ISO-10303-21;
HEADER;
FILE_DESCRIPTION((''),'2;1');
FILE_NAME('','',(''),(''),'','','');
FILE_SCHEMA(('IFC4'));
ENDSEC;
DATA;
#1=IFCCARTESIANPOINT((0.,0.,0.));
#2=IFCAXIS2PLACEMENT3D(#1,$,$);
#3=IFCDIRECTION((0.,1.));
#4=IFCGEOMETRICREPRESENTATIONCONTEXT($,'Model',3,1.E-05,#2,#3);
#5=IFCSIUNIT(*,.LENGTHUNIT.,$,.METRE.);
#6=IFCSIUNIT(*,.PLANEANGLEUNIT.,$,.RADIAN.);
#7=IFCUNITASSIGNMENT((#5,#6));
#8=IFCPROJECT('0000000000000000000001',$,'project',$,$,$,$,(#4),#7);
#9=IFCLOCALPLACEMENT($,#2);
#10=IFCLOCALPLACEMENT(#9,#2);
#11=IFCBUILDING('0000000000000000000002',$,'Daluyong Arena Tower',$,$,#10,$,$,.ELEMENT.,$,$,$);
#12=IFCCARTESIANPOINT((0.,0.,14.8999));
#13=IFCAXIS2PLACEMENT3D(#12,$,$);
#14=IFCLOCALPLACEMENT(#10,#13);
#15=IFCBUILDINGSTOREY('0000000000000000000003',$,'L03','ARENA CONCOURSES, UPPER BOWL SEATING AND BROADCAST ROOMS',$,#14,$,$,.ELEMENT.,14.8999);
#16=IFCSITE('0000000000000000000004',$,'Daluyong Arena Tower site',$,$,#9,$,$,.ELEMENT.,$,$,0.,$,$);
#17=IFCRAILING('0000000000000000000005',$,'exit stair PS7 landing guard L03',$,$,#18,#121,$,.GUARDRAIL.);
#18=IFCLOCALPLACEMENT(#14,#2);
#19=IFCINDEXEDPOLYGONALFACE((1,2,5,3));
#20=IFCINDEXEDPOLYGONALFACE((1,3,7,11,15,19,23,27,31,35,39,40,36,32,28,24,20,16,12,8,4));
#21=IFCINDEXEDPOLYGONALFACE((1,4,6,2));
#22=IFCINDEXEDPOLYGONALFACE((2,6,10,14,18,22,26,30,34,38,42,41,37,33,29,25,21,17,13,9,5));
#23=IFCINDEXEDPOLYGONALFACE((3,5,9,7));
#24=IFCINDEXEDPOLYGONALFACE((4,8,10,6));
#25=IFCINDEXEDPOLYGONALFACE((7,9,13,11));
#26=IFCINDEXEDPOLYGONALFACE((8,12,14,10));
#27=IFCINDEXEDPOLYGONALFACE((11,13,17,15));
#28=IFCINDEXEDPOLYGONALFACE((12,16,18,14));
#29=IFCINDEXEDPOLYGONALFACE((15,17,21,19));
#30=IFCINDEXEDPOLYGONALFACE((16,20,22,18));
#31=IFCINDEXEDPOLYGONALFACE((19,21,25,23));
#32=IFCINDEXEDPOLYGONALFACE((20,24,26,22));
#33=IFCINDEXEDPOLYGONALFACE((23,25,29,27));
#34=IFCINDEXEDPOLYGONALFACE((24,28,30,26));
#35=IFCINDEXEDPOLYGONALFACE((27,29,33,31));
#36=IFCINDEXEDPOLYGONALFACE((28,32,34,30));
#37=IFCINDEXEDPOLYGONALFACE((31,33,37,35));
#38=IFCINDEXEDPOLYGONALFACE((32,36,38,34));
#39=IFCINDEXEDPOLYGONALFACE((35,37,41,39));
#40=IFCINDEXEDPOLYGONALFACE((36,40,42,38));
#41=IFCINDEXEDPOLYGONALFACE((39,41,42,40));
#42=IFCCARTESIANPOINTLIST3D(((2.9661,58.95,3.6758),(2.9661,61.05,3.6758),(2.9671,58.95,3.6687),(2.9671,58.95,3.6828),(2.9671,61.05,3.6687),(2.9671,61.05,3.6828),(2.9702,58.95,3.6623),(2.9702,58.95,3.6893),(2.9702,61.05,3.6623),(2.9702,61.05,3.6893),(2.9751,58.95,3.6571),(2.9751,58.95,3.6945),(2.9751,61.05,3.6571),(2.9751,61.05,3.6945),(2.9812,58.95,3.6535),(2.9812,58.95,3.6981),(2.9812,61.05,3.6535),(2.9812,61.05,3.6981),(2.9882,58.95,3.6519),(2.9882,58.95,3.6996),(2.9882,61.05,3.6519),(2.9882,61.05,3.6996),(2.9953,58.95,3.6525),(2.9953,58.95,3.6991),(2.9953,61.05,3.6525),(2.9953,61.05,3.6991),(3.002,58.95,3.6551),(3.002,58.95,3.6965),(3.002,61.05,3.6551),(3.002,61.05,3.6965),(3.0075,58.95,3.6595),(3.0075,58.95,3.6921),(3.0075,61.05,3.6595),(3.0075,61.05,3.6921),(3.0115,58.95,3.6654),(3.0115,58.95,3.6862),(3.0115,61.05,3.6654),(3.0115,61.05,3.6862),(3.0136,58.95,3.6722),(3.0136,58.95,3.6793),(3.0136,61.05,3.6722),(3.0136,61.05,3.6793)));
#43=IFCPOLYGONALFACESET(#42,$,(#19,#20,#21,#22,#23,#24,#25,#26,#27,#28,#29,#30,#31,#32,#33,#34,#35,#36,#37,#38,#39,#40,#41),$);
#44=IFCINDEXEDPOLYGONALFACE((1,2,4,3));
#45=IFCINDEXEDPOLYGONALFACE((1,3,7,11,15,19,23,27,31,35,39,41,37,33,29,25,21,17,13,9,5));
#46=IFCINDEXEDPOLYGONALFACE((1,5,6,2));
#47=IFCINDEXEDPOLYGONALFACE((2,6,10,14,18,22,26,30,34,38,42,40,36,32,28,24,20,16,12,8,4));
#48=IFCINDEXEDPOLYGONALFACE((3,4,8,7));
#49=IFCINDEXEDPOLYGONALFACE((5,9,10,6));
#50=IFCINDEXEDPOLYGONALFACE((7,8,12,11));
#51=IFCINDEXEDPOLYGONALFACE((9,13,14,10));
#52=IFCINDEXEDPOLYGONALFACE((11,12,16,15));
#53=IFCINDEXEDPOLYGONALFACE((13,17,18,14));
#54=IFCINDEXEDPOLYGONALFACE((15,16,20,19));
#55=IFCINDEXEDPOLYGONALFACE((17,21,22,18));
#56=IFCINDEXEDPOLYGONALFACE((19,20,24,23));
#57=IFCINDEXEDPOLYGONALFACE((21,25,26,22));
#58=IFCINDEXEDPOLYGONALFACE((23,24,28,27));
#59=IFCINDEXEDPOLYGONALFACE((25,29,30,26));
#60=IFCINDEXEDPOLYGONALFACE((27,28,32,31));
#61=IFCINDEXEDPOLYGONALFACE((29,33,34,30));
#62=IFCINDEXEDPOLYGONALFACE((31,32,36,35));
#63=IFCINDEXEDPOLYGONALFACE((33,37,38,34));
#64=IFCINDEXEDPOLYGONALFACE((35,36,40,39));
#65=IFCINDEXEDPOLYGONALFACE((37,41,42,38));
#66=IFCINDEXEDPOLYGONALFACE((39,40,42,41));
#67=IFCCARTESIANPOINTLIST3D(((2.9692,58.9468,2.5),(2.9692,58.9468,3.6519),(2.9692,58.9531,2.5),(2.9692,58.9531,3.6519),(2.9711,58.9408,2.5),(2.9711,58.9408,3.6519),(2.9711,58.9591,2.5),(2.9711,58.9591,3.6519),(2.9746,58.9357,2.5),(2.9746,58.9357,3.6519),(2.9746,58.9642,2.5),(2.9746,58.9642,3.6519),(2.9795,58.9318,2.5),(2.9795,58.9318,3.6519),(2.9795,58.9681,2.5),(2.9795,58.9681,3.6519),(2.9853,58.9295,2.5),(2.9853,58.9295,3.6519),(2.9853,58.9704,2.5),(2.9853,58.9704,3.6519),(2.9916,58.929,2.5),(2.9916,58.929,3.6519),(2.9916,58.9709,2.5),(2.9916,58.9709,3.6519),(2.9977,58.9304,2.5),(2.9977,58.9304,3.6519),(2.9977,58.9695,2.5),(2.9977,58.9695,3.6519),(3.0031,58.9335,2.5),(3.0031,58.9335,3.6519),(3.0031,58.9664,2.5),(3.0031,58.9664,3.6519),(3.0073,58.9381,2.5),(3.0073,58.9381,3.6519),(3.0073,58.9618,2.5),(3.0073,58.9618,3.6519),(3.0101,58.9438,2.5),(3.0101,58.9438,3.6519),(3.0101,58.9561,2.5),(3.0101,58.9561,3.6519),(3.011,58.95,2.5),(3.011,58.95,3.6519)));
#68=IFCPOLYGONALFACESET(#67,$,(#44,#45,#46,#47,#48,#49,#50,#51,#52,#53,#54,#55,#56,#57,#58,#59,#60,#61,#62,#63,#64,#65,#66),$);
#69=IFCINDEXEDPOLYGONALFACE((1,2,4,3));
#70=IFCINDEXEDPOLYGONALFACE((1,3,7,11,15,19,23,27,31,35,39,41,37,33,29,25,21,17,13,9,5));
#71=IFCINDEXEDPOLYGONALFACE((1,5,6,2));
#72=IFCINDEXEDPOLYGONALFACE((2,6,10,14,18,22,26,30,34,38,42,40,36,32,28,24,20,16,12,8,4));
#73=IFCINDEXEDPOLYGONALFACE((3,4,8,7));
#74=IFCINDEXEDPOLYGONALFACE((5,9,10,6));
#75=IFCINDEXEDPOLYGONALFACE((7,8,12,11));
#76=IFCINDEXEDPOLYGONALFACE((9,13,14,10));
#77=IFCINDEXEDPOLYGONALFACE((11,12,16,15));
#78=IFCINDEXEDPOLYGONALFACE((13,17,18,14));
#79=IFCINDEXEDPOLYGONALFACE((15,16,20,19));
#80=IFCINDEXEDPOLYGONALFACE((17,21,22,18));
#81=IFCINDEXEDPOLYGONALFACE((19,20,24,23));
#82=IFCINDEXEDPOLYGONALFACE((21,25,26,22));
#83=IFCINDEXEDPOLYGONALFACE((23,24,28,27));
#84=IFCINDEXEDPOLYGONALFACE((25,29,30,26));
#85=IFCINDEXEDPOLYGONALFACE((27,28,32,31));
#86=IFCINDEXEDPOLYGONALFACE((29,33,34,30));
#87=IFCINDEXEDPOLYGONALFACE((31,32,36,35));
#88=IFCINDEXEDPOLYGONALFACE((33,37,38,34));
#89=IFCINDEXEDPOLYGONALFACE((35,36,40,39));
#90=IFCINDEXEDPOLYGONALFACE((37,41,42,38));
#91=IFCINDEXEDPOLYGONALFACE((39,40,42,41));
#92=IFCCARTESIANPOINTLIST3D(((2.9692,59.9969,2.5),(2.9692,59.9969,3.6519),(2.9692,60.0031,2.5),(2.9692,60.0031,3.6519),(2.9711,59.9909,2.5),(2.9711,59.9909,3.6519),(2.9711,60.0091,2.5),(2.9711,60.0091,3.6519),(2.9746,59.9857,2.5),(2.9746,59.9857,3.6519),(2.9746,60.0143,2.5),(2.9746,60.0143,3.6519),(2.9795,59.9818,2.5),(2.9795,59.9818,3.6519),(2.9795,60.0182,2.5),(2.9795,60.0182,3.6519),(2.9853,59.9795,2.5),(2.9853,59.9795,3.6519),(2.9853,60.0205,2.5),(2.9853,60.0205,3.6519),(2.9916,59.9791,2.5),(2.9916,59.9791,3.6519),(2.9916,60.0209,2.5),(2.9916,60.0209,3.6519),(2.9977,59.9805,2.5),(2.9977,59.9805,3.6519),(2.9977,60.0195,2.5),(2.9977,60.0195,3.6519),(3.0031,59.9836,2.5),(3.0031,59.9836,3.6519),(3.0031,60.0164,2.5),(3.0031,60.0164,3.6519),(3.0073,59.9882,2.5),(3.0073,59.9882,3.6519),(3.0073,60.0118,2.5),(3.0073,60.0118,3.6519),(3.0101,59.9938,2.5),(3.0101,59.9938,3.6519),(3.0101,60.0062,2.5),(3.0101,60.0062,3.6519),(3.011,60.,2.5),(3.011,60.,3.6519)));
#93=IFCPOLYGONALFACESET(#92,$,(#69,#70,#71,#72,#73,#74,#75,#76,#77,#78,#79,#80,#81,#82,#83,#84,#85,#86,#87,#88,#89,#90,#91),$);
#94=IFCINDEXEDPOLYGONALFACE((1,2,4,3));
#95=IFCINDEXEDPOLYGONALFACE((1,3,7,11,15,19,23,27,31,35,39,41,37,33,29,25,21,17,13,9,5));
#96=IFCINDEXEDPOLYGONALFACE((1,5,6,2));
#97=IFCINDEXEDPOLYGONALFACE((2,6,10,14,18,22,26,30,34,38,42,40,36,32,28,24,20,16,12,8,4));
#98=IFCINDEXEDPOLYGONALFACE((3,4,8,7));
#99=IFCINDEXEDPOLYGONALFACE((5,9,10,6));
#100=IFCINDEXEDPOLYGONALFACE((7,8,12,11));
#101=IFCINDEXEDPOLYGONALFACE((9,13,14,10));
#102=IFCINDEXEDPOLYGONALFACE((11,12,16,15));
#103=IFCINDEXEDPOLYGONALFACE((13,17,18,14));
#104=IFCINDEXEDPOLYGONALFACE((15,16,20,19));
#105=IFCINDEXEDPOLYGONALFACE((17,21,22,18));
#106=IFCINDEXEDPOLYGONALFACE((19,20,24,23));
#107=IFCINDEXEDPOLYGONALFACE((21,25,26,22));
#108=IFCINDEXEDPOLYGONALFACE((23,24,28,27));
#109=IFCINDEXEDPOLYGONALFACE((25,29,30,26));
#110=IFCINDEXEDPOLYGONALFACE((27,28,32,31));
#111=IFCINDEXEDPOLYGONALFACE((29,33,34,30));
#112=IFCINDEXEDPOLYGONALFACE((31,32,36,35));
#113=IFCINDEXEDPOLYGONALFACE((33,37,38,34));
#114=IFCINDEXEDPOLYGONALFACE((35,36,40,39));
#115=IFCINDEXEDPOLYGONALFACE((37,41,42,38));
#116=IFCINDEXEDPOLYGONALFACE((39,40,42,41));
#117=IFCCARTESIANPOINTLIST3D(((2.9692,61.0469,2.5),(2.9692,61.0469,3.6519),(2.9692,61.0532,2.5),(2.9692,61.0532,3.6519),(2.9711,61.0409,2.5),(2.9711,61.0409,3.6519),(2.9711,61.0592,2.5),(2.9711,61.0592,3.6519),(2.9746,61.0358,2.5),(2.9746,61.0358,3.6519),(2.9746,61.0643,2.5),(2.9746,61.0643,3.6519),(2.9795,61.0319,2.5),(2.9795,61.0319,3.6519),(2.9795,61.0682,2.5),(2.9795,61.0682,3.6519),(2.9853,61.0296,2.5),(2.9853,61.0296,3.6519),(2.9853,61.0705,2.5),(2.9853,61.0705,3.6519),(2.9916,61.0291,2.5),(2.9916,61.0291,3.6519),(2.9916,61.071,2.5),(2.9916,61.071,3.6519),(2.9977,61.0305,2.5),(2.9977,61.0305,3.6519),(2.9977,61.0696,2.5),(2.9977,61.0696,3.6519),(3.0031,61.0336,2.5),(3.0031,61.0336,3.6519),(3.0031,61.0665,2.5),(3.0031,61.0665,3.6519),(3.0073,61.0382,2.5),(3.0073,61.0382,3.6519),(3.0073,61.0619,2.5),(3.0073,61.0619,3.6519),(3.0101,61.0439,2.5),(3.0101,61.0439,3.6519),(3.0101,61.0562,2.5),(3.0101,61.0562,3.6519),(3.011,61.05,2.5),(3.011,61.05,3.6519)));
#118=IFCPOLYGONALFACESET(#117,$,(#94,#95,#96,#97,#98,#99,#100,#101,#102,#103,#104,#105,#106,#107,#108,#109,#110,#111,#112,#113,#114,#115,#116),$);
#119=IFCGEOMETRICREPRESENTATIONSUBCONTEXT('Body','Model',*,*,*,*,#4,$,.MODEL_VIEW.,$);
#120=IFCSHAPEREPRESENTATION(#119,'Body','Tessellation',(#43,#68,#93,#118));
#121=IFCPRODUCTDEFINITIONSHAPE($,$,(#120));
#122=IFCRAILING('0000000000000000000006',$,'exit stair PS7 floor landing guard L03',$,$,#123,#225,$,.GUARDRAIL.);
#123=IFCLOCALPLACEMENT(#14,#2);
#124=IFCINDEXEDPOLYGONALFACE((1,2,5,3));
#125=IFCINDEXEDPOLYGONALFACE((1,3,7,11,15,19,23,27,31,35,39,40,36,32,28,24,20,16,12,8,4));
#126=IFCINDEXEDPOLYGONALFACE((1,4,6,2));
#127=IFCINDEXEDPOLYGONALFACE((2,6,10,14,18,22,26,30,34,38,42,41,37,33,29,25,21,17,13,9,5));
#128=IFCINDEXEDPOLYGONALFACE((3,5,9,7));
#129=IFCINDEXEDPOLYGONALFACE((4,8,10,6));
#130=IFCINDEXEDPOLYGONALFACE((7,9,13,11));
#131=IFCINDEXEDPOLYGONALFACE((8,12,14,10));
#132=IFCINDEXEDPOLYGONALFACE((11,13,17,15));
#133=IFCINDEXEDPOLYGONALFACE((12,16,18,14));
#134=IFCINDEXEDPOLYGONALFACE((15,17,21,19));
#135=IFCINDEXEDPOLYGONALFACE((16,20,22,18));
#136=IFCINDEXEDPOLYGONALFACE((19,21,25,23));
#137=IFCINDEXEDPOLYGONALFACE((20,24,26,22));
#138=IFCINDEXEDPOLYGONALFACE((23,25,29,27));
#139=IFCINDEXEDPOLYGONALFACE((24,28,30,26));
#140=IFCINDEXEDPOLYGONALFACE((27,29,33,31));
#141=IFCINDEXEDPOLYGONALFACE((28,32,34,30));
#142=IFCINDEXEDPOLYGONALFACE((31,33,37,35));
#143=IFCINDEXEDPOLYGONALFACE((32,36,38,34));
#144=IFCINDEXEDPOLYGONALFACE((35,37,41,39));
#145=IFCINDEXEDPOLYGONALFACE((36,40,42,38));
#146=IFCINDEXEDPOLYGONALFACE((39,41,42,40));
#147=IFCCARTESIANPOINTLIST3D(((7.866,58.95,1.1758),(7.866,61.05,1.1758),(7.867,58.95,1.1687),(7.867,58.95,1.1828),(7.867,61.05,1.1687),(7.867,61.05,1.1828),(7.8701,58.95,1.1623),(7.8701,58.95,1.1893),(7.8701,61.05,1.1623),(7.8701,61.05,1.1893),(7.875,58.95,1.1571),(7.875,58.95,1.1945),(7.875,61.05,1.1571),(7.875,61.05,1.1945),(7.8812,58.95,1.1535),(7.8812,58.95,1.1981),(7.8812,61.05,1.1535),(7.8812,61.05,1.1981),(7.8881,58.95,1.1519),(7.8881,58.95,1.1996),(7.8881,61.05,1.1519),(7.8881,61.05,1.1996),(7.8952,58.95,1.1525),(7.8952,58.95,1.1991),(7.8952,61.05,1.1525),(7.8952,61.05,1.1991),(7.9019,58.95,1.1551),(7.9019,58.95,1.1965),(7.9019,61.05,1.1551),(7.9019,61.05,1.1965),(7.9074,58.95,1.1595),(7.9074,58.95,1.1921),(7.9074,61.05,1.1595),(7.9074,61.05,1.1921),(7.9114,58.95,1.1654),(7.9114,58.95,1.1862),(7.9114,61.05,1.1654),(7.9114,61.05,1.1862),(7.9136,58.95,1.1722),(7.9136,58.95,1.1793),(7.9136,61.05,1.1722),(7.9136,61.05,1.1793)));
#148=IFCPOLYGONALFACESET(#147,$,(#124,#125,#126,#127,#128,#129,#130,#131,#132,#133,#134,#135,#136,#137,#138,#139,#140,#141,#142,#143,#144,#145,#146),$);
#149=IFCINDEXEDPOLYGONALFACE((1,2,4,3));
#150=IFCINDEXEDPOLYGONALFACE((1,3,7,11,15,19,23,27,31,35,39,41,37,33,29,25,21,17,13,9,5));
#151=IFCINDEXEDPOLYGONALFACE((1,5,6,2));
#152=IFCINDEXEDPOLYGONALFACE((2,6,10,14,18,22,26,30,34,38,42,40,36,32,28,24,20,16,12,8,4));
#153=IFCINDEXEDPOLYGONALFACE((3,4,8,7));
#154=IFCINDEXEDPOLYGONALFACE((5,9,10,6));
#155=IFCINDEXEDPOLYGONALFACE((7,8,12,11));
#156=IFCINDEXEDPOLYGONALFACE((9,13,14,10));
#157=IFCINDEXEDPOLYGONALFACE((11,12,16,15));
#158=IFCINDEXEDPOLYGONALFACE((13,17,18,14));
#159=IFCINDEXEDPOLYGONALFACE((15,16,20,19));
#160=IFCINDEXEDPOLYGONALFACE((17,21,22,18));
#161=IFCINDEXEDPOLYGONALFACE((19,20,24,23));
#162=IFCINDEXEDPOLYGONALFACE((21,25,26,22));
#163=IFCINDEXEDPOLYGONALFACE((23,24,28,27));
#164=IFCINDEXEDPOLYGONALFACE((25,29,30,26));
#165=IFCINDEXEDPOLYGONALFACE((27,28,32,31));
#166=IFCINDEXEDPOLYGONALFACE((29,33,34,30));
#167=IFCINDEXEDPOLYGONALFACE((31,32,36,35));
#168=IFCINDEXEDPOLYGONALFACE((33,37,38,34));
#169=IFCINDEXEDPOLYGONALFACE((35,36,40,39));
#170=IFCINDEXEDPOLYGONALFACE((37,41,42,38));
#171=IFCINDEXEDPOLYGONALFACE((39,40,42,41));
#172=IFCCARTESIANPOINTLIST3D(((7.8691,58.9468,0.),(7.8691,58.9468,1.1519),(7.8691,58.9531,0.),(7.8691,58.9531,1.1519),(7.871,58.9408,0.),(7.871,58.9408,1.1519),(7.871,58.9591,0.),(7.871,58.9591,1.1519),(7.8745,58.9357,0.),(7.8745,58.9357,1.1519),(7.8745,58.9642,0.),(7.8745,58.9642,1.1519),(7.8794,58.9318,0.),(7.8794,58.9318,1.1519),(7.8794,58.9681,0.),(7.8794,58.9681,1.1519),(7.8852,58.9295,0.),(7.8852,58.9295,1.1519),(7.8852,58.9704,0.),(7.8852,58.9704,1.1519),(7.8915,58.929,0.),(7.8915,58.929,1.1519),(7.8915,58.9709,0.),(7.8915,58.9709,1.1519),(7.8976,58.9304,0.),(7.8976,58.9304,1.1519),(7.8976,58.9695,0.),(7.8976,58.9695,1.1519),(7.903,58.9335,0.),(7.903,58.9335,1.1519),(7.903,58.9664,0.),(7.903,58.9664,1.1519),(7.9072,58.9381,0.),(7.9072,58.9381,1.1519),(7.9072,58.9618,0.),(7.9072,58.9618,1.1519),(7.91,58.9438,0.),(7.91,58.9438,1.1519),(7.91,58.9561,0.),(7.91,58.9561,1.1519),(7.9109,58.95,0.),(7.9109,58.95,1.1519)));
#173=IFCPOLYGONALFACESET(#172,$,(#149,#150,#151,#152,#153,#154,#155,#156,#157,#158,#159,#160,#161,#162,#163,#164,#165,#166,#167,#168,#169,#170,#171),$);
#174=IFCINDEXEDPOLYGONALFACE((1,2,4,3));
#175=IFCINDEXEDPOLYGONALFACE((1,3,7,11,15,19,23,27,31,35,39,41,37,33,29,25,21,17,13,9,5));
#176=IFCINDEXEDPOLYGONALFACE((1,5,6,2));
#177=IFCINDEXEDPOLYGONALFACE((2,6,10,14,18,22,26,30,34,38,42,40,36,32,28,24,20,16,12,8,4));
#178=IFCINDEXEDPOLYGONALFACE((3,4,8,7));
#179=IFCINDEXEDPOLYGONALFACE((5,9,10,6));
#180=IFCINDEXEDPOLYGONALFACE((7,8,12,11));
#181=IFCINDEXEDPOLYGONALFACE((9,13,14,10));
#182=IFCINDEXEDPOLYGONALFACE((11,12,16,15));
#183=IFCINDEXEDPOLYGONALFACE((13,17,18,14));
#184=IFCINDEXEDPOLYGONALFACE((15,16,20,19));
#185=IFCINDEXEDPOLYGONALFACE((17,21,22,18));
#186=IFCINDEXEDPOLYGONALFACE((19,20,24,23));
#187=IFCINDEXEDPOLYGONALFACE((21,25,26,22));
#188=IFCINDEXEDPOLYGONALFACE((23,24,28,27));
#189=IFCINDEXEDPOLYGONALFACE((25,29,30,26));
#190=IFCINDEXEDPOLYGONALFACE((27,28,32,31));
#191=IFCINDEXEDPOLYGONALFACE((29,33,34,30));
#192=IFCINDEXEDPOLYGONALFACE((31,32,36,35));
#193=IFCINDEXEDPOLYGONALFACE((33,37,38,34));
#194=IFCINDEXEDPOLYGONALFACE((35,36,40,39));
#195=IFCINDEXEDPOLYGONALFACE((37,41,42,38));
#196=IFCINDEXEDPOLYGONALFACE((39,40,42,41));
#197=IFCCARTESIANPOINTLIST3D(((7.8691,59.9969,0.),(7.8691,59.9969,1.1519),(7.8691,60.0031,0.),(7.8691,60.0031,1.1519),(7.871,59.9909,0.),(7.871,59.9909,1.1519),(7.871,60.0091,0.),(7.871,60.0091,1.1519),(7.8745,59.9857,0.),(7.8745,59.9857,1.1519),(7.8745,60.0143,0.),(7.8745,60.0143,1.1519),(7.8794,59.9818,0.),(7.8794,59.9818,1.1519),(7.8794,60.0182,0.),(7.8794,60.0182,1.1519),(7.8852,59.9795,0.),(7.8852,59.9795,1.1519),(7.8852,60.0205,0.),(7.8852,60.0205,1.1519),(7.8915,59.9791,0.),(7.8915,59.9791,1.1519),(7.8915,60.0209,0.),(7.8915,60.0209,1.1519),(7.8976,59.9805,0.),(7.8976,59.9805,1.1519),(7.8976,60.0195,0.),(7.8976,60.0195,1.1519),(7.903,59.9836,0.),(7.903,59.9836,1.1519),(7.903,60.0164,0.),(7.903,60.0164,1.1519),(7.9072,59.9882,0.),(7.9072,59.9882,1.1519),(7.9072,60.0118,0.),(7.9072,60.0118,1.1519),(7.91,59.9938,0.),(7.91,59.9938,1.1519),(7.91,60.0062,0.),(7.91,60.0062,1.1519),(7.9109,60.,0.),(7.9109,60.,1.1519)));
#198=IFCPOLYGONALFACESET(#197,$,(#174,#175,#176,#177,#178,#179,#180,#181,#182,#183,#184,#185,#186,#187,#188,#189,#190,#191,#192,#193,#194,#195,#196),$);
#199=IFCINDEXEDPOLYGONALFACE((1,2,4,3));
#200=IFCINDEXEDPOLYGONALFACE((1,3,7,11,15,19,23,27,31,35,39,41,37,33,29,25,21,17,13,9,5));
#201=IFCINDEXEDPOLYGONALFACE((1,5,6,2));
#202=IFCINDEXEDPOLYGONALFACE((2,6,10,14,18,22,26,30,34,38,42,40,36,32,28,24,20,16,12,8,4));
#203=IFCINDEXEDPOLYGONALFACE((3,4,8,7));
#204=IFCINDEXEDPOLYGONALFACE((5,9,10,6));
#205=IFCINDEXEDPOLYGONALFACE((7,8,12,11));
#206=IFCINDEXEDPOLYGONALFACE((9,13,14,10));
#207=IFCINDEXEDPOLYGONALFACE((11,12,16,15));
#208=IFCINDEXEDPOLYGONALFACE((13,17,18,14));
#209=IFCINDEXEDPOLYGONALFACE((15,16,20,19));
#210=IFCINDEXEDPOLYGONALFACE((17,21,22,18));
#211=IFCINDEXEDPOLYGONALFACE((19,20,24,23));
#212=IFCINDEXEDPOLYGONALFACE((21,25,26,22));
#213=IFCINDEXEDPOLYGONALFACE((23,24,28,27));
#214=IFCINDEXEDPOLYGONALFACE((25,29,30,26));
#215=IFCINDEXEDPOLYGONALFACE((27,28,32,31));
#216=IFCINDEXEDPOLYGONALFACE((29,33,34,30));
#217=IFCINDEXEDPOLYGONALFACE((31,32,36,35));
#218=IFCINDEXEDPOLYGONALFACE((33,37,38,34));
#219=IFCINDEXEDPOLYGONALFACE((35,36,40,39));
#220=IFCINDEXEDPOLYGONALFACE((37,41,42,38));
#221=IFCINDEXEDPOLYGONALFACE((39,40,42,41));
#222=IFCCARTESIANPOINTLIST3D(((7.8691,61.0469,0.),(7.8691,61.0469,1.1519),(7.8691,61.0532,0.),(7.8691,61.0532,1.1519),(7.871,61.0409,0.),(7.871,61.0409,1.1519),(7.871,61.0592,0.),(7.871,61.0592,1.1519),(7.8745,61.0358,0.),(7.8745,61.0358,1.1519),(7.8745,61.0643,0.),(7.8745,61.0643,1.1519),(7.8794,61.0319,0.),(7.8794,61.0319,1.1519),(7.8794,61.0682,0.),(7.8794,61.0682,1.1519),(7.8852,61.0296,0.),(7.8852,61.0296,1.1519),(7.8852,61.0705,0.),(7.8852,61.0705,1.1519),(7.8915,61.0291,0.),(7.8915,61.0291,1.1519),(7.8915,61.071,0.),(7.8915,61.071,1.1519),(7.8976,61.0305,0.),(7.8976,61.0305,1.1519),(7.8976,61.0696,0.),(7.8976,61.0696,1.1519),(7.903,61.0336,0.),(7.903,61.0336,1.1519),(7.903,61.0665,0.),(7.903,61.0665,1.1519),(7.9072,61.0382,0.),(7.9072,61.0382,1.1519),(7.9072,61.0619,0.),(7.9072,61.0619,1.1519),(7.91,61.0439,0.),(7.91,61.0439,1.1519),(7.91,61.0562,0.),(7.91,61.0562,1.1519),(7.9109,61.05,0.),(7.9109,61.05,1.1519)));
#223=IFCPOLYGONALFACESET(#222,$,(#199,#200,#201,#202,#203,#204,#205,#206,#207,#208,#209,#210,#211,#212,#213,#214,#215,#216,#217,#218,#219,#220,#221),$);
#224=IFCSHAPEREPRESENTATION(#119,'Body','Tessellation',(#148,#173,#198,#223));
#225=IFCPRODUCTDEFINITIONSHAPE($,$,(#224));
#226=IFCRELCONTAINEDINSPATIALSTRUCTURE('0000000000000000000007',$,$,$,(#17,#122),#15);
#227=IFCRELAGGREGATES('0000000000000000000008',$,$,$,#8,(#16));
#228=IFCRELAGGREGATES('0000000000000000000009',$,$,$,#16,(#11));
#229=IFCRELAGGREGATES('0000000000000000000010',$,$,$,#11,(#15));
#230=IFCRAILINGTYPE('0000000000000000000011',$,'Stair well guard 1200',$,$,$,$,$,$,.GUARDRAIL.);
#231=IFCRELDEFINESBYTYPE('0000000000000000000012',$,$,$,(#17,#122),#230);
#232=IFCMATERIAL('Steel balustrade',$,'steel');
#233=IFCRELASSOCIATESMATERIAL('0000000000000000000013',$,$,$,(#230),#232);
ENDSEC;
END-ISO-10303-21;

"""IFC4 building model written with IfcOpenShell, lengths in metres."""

from ifc_helpers import new_model, si_unit, direction, frame, origin, origin_2d, place, context, subcontext, project, spatial, circle, extrude, material, type_object, element, save


model = new_model("IFC4")

# Units and contexts
model_context = context("Model", 3, precision=1e-05, world=origin(), true_north=direction((0.0, 1.0)))
body_context = subcontext(model_context, "Body", "Model", "MODEL_VIEW")
ifc_project = project(units=[si_unit("LENGTHUNIT", "METRE"), si_unit("PLANEANGLEUNIT", "RADIAN")], contexts=[model_context])

# Site, building, storey
site_placement = place(None, origin())
site = spatial("IfcSite", under=ifc_project, at=site_placement, Name="Daluyong Arena Tower site", CompositionType="ELEMENT", RefElevation=0.0)
building_placement = place(site_placement, origin())
building = spatial("IfcBuilding", under=site, at=building_placement, Name="Daluyong Arena Tower", CompositionType="ELEMENT")
storey_placement = place(building_placement, frame((0.0, 0.0, 14.8999)))
storey = spatial("IfcBuildingStorey", under=building, at=storey_placement, Name="L03", Description="ARENA CONCOURSES, UPPER BOWL SEATING AND BROADCAST ROOMS", CompositionType="ELEMENT", Elevation=14.8999)

# Railings
ifc_material_1 = material(Name="Steel balustrade", Category="steel")
railing_type_1 = type_object("IfcRailingType", Name="Stair well guard 1200", PredefinedType="GUARDRAIL", material=ifc_material_1)
for number, where, name in (
    (1, (2.99, 58.95, 2.5), "exit stair PS7 landing guard L03"),
    (2, (7.8899, 58.95, 0.0), "exit stair PS7 floor landing guard L03"),
):
    element("IfcRailing", number, at=place(storey_placement, frame(where)), inside=storey, type_object=railing_type_1, Name=name, PredefinedType="GUARDRAIL", context=body_context, shape_type="SweptSolid", body=[
        extrude(circle(Radius=0.0239, at=origin_2d()), frame((0.0, 0.0, 1.1758), z_axis=(0.0, 1.0, 0.0), x_axis=(-1.0, 0.0, 0.0)), (0.0, 0.0, 1.0), 2.1001),
        extrude(circle(Radius=0.021, at=origin_2d()), origin(), (0.0, 0.0, 1.0), 1.1519),
        extrude(circle(Radius=0.021, at=origin_2d()), frame((0.0, 1.05, 0.0)), (0.0, 0.0, 1.0), 1.1519),
        extrude(circle(Radius=0.021, at=origin_2d()), frame((0.0, 2.1001, 0.0)), (0.0, 0.0, 1.0), 1.1519),
    ])

save(model, "model.ifc")
